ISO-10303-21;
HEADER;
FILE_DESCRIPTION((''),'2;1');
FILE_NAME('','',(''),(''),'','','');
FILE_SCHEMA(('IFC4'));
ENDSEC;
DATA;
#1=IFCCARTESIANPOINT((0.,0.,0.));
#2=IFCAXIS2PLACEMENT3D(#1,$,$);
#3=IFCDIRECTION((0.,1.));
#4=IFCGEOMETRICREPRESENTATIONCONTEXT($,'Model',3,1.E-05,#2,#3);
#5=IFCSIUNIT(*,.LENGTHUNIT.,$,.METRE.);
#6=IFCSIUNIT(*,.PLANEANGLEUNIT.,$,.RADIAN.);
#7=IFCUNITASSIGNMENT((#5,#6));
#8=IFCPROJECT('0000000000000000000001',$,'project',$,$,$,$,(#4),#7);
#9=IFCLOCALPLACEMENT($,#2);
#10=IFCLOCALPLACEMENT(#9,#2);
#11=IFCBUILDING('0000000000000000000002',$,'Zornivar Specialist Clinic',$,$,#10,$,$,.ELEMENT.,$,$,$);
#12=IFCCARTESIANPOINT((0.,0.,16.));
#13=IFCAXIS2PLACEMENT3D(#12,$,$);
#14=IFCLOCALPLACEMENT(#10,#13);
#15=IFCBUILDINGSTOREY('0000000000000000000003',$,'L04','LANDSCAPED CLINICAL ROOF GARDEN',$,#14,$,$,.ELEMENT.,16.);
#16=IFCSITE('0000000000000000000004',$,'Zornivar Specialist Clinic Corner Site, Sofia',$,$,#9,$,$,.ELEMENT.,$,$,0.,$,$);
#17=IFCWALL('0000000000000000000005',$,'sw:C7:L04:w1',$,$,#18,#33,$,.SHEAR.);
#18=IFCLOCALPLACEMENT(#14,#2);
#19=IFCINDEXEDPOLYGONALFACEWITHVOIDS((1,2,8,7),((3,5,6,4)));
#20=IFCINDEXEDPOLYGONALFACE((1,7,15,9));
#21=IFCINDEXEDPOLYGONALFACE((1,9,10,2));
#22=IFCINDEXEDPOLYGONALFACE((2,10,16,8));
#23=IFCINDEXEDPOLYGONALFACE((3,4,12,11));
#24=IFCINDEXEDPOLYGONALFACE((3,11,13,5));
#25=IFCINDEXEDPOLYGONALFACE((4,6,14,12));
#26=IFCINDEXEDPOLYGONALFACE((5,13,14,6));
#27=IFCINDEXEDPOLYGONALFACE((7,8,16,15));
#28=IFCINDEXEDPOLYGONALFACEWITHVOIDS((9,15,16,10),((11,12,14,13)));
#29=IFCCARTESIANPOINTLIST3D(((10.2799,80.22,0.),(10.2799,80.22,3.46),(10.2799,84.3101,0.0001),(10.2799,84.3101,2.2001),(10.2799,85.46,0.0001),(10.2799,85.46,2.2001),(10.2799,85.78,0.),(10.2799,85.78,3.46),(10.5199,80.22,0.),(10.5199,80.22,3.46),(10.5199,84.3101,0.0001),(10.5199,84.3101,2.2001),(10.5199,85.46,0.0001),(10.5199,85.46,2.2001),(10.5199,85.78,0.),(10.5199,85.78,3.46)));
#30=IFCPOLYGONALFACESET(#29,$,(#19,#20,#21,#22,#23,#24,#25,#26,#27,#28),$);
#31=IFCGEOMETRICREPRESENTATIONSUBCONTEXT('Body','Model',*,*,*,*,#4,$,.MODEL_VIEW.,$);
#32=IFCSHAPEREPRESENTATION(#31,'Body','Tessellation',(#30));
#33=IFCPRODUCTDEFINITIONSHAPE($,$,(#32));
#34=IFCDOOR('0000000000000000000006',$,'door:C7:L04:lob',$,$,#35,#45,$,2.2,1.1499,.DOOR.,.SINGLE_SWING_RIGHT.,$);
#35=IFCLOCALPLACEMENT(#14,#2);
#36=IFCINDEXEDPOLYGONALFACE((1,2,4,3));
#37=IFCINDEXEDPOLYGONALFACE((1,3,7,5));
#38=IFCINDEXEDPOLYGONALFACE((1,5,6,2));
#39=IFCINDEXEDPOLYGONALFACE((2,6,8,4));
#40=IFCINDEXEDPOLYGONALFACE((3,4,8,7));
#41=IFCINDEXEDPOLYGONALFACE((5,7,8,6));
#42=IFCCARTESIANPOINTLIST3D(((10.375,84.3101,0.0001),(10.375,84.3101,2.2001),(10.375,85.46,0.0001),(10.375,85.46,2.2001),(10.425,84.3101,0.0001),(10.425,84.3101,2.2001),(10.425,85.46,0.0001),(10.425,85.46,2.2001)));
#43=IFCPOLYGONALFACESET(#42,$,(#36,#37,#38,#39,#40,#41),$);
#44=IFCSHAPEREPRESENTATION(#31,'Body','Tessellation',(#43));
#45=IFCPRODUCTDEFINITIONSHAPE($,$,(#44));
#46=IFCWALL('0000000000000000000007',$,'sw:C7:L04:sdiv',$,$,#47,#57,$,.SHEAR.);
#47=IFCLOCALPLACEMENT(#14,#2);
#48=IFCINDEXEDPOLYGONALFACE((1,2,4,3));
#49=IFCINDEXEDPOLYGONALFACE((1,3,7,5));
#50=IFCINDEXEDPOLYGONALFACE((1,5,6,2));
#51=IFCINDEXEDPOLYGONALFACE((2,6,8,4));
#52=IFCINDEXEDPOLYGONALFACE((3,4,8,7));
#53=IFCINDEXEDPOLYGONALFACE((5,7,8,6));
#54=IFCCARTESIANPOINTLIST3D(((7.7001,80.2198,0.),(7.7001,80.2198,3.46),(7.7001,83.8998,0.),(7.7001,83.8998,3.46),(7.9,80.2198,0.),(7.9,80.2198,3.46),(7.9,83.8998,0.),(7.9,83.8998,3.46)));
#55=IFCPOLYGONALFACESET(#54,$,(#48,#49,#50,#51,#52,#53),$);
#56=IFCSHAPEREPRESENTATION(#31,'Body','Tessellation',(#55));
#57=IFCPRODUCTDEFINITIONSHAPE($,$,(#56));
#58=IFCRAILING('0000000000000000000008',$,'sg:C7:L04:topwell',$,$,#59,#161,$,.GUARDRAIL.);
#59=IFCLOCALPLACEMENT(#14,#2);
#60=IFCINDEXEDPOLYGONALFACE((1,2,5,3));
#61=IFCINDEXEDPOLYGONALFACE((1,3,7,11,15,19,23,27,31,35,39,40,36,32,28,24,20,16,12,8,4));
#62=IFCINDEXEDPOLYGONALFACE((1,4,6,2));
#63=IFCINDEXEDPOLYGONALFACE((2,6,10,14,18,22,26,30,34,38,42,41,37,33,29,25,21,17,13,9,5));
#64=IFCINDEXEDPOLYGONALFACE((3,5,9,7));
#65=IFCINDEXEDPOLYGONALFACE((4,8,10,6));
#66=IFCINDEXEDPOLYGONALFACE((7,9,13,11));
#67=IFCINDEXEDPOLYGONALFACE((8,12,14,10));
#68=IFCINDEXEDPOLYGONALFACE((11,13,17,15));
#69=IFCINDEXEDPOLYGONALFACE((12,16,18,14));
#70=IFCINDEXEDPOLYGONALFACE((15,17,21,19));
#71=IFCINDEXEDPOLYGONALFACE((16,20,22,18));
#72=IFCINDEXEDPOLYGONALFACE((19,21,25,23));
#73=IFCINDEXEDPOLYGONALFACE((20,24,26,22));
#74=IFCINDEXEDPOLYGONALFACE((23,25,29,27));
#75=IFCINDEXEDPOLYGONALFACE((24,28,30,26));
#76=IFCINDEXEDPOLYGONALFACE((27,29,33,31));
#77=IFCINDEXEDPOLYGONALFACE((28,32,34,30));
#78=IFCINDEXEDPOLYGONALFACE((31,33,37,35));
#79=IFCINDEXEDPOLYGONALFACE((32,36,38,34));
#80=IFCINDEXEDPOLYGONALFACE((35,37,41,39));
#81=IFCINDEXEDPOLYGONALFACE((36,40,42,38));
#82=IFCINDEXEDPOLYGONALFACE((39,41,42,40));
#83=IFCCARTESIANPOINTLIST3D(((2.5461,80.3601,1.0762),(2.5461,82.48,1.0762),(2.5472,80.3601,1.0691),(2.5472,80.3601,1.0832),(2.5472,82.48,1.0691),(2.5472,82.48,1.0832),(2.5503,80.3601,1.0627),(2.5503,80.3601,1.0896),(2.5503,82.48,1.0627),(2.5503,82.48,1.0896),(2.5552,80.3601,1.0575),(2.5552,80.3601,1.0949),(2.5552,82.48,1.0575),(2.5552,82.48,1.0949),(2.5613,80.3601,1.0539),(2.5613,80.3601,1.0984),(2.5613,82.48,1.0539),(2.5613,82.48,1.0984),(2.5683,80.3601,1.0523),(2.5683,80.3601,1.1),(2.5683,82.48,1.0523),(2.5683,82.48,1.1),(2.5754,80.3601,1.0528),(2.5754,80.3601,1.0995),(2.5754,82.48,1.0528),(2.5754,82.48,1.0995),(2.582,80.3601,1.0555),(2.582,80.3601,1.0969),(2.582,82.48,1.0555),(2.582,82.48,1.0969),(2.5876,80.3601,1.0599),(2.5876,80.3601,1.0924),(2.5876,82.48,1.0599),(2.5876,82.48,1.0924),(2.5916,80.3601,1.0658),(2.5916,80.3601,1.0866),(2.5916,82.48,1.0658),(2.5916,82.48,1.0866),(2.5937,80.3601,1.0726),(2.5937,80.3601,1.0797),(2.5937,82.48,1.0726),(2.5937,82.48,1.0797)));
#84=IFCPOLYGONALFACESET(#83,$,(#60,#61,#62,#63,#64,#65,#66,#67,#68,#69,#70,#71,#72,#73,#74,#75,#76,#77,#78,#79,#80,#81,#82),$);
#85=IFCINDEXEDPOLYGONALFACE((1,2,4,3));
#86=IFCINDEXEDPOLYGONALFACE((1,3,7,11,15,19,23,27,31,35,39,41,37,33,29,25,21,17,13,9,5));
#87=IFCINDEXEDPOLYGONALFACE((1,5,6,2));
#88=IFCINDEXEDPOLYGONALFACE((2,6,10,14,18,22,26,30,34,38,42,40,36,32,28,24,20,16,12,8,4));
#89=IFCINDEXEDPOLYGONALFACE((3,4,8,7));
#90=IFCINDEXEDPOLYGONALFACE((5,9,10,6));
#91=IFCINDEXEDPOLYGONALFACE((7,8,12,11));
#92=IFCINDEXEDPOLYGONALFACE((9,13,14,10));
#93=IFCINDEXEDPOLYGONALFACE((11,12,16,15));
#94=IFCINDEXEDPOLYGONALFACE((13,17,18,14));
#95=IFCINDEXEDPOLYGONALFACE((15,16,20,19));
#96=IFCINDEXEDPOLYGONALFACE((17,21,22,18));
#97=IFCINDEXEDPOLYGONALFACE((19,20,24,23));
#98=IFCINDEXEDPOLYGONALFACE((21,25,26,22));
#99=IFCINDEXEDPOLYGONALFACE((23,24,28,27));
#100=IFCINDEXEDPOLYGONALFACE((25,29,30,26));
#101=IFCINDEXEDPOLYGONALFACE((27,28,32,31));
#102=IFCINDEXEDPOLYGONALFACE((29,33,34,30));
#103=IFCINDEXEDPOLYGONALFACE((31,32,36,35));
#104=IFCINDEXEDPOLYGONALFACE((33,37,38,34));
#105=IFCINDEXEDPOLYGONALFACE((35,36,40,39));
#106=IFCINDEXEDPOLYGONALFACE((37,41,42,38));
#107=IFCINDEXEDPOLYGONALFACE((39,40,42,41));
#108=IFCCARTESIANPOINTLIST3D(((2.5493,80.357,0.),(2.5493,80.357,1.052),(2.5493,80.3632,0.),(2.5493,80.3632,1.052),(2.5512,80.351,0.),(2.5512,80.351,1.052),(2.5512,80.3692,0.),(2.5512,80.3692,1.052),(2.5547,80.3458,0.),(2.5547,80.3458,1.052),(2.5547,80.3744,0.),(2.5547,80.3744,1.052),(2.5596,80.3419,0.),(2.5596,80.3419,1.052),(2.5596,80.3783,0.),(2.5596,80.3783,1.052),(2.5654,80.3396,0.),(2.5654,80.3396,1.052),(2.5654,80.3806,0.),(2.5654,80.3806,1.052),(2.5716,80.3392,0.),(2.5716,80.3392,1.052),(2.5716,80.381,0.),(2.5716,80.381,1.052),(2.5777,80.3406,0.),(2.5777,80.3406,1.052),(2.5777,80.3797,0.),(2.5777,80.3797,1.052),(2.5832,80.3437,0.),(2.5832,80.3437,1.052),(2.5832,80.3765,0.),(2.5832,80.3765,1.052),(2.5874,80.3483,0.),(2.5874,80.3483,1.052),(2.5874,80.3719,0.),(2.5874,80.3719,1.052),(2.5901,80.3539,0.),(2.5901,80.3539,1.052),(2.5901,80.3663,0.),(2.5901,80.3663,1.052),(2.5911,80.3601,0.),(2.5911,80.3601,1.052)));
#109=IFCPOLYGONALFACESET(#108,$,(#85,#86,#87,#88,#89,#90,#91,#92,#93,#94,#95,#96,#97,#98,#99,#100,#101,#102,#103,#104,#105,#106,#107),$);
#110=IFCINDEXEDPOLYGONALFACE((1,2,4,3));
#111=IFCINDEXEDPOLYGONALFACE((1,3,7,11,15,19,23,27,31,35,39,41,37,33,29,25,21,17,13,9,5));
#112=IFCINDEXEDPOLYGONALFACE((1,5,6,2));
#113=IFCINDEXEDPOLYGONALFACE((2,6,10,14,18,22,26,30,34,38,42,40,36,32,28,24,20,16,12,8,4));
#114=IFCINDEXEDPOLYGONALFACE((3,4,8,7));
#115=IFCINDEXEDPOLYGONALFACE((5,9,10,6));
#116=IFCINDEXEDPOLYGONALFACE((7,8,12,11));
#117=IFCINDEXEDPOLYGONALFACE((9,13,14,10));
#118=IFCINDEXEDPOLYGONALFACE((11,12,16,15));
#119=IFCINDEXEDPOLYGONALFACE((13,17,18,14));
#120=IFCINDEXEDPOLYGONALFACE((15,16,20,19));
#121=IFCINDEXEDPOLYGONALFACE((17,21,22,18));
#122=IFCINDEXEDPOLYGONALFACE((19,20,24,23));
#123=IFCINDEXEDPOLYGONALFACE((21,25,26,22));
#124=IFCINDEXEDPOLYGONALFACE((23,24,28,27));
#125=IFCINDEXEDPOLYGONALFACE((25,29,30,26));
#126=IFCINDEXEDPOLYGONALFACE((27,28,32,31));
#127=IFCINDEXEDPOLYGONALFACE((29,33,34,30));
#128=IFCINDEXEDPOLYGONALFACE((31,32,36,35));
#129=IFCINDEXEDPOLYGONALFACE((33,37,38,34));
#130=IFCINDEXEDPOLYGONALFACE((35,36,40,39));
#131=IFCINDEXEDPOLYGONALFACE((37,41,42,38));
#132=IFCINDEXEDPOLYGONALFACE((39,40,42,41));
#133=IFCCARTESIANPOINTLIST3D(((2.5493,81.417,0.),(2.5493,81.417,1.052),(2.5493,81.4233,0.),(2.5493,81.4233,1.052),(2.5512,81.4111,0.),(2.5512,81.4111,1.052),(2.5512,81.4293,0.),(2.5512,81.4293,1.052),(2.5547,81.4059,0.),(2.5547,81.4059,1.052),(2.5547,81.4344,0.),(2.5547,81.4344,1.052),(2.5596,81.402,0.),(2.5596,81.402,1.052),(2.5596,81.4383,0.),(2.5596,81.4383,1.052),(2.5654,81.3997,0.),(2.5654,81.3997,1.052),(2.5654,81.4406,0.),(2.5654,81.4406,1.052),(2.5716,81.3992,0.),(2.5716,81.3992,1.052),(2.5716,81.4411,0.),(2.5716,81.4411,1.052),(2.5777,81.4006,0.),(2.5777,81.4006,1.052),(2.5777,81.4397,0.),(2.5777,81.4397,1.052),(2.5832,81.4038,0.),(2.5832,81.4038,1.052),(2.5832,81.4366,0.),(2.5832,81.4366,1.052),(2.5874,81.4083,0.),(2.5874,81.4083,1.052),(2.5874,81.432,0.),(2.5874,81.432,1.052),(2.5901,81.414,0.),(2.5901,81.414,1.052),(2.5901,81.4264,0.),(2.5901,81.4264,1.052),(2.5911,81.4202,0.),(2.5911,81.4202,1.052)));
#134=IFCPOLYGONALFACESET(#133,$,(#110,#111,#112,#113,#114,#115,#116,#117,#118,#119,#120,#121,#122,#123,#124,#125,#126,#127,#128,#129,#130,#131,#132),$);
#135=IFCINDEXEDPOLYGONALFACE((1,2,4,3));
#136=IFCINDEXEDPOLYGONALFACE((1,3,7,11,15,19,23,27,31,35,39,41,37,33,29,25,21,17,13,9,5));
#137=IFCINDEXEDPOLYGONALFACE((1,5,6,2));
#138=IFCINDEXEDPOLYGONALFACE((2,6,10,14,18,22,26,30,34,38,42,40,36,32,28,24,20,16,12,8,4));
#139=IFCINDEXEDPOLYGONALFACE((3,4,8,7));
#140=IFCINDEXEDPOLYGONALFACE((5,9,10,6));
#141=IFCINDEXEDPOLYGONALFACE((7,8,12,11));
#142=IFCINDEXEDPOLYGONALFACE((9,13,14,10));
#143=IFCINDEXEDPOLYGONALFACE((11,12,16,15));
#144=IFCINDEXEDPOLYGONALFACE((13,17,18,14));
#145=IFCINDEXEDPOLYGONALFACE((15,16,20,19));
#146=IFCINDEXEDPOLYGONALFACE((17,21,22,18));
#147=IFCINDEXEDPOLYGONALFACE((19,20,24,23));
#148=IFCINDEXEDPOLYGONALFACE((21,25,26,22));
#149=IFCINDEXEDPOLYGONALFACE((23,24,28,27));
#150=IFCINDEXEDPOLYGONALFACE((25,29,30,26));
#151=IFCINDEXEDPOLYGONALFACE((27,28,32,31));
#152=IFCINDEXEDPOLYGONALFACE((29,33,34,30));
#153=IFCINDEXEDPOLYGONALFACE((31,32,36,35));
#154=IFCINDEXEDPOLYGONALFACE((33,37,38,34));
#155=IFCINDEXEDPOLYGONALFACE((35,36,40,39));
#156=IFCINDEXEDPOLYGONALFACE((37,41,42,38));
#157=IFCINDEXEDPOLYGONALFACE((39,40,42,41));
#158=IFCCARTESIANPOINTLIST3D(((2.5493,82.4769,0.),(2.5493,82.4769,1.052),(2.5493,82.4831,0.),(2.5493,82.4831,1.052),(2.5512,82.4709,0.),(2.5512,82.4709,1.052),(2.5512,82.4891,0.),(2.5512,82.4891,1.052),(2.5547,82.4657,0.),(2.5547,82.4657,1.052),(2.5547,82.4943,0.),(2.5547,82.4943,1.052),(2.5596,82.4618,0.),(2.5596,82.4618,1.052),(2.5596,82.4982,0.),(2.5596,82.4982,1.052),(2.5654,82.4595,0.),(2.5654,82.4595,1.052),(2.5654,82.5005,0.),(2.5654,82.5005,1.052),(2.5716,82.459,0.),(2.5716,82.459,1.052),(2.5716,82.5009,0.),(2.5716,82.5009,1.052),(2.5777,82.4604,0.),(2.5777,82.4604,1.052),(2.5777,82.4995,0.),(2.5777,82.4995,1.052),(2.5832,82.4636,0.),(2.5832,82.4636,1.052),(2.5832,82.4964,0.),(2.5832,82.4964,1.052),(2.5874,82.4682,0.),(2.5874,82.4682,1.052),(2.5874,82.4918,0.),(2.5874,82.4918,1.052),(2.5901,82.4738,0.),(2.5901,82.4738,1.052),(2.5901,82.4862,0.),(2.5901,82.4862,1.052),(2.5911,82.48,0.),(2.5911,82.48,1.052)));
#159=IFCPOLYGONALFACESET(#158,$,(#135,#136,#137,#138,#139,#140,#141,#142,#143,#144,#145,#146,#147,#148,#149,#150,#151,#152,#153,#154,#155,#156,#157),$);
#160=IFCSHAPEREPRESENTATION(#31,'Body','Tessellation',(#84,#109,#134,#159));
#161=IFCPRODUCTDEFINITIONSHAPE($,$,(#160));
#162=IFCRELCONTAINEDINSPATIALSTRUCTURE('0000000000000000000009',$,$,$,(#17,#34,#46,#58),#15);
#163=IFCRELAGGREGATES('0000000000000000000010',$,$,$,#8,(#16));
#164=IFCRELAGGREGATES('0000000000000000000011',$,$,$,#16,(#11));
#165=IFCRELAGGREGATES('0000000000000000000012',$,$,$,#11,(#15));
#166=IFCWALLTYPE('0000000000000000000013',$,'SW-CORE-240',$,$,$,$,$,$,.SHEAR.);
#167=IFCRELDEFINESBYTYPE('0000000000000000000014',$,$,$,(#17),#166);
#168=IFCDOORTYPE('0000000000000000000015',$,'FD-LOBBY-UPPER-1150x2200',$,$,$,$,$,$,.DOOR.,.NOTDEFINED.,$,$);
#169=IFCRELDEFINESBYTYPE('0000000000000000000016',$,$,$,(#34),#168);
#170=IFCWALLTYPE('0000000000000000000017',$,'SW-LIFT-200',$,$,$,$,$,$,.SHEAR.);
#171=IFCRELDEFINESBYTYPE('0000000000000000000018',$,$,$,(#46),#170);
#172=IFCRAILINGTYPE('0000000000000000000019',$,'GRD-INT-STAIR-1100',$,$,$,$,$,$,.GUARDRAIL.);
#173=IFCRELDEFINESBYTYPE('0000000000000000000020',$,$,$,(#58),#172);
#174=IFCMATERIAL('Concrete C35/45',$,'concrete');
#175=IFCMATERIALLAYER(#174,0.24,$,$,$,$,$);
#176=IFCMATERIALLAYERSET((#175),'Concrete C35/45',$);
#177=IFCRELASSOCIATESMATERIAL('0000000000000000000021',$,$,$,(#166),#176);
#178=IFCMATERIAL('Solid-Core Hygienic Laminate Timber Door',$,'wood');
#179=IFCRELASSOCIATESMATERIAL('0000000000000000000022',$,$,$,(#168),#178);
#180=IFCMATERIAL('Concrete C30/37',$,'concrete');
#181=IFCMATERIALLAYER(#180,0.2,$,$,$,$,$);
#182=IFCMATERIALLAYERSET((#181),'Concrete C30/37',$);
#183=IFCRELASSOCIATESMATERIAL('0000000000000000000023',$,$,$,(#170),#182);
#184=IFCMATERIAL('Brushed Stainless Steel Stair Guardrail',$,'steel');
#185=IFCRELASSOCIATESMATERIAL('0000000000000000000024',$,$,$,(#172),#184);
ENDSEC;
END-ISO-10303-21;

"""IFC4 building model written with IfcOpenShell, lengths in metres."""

from ifc_helpers import new_model, si_unit, direction, frame, frame_2d, origin, origin_2d, place, context, subcontext, project, spatial, rectangle, circle, extrude, material, layer, layer_set, type_object, element, fill, save


model = new_model("IFC4")

# Units and contexts
model_context = context("Model", 3, precision=1e-05, world=origin(), true_north=direction((0.0, 1.0)))
body_context = subcontext(model_context, "Body", "Model", "MODEL_VIEW")
ifc_project = project(units=[si_unit("LENGTHUNIT", "METRE"), si_unit("PLANEANGLEUNIT", "RADIAN")], contexts=[model_context])

# Site, building, storey
site_placement = place(None, origin())
site = spatial("IfcSite", under=ifc_project, at=site_placement, Name="Zornivar Specialist Clinic Corner Site, Sofia", CompositionType="ELEMENT", RefElevation=0.0)
building_placement = place(site_placement, origin())
building = spatial("IfcBuilding", under=site, at=building_placement, Name="Zornivar Specialist Clinic", CompositionType="ELEMENT")
storey_placement = place(building_placement, frame((0.0, 0.0, 16.0)))
storey = spatial("IfcBuildingStorey", under=building, at=storey_placement, Name="L04", Description="LANDSCAPED CLINICAL ROOF GARDEN", CompositionType="ELEMENT", Elevation=16.0)

# Shared definitions
ifc_material_1 = material(Name="Concrete C35/45", Category="concrete")
ifc_layer_1 = layer(ifc_material_1, 0.24)
ifc_layer_set_1 = layer_set([ifc_layer_1], Name="Concrete C35/45")
wall_type_1 = type_object("IfcWallType", Name="SW-CORE-240", PredefinedType="SHEAR", material=ifc_layer_set_1)

# Wall, opening, door
wall_1_placement = place(storey_placement, frame((10.3999, 80.22, 0.0), z_axis=(0.0, 0.0, 1.0), x_axis=(0.0, 1.0, 0.0)))
wall_1 = element("IfcWall", 1, at=wall_1_placement, inside=storey, type_object=wall_type_1, Name="sw:C7:L04:w1", PredefinedType="SHEAR", context=body_context, shape_type="SweptSolid", body=[
    extrude(rectangle(XDim=5.5601, YDim=0.24, at=frame_2d((2.78, 0.0))), origin(), (0.0, 0.0, 1.0), 3.46),
])
opening_1_placement = place(wall_1_placement, frame((4.0901, 0.0, 0.0)))
opening_1 = element("IfcOpeningElement", 2, at=opening_1_placement, cuts=wall_1, PredefinedType="OPENING", context=body_context, shape_type="SweptSolid", body=[
    extrude(rectangle(XDim=1.1499, YDim=2.2, at=frame_2d((0.575, 1.1001))), frame((0.0, 0.1299, 0.0), z_axis=(0.0, -1.0, 0.0), x_axis=(1.0, 0.0, 0.0)), (0.0, 0.0, 1.0), 0.26),
])
ifc_material_2 = material(Name="Solid-Core Hygienic Laminate Timber Door", Category="wood")
door_type_1 = type_object("IfcDoorType", Name="FD-LOBBY-UPPER-1150x2200", OperationType="NOTDEFINED", PredefinedType="DOOR", material=ifc_material_2)
door_1_placement = place(opening_1_placement, origin())
door_1 = element("IfcDoor", 3, at=door_1_placement, inside=storey, type_object=door_type_1, Name="door:C7:L04:lob", OperationType="SINGLE_SWING_RIGHT", OverallHeight=2.2, OverallWidth=1.1499, PredefinedType="DOOR", context=body_context, shape_type="SweptSolid", body=[
    extrude(rectangle(XDim=1.1499, YDim=2.2, at=frame_2d((0.575, 1.1001))), frame((0.0, 0.0249, 0.0), z_axis=(0.0, -1.0, 0.0), x_axis=(1.0, 0.0, 0.0)), (0.0, 0.0, 1.0), 0.05),
])
fill(opening_1, door_1)

# Wall
ifc_material_3 = material(Name="Concrete C30/37", Category="concrete")
ifc_layer_2 = layer(ifc_material_3, 0.2)
ifc_layer_set_2 = layer_set([ifc_layer_2], Name="Concrete C30/37")
wall_type_2 = type_object("IfcWallType", Name="SW-LIFT-200", PredefinedType="SHEAR", material=ifc_layer_set_2)
wall_2_placement = place(storey_placement, frame((7.8, 80.22, 0.0), z_axis=(0.0, 0.0, 1.0), x_axis=(0.0, 1.0, 0.0)))
element("IfcWall", 4, at=wall_2_placement, inside=storey, type_object=wall_type_2, Name="sw:C7:L04:sdiv", PredefinedType="SHEAR", context=body_context, shape_type="SweptSolid", body=[
    extrude(rectangle(XDim=3.6799, YDim=0.2, at=frame_2d((1.8398, 0.0))), origin(), (0.0, 0.0, 1.0), 3.46),
])

# Railing
ifc_material_4 = material(Name="Brushed Stainless Steel Stair Guardrail", Category="steel")
railing_type_1 = type_object("IfcRailingType", Name="GRD-INT-STAIR-1100", PredefinedType="GUARDRAIL", material=ifc_material_4)
railing_1_placement = place(storey_placement, frame((2.5701, 80.3601, 0.0)))
element("IfcRailing", 5, at=railing_1_placement, inside=storey, type_object=railing_type_1, Name="sg:C7:L04:topwell", PredefinedType="GUARDRAIL", context=body_context, shape_type="SweptSolid", body=[
    extrude(circle(Radius=0.0239, at=origin_2d()), frame((0.0, 0.0, 1.0762), z_axis=(0.0, 1.0, 0.0), x_axis=(-1.0, 0.0, 0.0)), (0.0, 0.0, 1.0), 2.1199),
    extrude(circle(Radius=0.021, at=origin_2d()), origin(), (0.0, 0.0, 1.0), 1.052),
    extrude(circle(Radius=0.021, at=origin_2d()), frame((0.0, 1.0601, 0.0)), (0.0, 0.0, 1.0), 1.052),
    extrude(circle(Radius=0.021, at=origin_2d()), frame((0.0, 2.1199, 0.0)), (0.0, 0.0, 1.0), 1.052),
])

save(model, "model.ifc")
